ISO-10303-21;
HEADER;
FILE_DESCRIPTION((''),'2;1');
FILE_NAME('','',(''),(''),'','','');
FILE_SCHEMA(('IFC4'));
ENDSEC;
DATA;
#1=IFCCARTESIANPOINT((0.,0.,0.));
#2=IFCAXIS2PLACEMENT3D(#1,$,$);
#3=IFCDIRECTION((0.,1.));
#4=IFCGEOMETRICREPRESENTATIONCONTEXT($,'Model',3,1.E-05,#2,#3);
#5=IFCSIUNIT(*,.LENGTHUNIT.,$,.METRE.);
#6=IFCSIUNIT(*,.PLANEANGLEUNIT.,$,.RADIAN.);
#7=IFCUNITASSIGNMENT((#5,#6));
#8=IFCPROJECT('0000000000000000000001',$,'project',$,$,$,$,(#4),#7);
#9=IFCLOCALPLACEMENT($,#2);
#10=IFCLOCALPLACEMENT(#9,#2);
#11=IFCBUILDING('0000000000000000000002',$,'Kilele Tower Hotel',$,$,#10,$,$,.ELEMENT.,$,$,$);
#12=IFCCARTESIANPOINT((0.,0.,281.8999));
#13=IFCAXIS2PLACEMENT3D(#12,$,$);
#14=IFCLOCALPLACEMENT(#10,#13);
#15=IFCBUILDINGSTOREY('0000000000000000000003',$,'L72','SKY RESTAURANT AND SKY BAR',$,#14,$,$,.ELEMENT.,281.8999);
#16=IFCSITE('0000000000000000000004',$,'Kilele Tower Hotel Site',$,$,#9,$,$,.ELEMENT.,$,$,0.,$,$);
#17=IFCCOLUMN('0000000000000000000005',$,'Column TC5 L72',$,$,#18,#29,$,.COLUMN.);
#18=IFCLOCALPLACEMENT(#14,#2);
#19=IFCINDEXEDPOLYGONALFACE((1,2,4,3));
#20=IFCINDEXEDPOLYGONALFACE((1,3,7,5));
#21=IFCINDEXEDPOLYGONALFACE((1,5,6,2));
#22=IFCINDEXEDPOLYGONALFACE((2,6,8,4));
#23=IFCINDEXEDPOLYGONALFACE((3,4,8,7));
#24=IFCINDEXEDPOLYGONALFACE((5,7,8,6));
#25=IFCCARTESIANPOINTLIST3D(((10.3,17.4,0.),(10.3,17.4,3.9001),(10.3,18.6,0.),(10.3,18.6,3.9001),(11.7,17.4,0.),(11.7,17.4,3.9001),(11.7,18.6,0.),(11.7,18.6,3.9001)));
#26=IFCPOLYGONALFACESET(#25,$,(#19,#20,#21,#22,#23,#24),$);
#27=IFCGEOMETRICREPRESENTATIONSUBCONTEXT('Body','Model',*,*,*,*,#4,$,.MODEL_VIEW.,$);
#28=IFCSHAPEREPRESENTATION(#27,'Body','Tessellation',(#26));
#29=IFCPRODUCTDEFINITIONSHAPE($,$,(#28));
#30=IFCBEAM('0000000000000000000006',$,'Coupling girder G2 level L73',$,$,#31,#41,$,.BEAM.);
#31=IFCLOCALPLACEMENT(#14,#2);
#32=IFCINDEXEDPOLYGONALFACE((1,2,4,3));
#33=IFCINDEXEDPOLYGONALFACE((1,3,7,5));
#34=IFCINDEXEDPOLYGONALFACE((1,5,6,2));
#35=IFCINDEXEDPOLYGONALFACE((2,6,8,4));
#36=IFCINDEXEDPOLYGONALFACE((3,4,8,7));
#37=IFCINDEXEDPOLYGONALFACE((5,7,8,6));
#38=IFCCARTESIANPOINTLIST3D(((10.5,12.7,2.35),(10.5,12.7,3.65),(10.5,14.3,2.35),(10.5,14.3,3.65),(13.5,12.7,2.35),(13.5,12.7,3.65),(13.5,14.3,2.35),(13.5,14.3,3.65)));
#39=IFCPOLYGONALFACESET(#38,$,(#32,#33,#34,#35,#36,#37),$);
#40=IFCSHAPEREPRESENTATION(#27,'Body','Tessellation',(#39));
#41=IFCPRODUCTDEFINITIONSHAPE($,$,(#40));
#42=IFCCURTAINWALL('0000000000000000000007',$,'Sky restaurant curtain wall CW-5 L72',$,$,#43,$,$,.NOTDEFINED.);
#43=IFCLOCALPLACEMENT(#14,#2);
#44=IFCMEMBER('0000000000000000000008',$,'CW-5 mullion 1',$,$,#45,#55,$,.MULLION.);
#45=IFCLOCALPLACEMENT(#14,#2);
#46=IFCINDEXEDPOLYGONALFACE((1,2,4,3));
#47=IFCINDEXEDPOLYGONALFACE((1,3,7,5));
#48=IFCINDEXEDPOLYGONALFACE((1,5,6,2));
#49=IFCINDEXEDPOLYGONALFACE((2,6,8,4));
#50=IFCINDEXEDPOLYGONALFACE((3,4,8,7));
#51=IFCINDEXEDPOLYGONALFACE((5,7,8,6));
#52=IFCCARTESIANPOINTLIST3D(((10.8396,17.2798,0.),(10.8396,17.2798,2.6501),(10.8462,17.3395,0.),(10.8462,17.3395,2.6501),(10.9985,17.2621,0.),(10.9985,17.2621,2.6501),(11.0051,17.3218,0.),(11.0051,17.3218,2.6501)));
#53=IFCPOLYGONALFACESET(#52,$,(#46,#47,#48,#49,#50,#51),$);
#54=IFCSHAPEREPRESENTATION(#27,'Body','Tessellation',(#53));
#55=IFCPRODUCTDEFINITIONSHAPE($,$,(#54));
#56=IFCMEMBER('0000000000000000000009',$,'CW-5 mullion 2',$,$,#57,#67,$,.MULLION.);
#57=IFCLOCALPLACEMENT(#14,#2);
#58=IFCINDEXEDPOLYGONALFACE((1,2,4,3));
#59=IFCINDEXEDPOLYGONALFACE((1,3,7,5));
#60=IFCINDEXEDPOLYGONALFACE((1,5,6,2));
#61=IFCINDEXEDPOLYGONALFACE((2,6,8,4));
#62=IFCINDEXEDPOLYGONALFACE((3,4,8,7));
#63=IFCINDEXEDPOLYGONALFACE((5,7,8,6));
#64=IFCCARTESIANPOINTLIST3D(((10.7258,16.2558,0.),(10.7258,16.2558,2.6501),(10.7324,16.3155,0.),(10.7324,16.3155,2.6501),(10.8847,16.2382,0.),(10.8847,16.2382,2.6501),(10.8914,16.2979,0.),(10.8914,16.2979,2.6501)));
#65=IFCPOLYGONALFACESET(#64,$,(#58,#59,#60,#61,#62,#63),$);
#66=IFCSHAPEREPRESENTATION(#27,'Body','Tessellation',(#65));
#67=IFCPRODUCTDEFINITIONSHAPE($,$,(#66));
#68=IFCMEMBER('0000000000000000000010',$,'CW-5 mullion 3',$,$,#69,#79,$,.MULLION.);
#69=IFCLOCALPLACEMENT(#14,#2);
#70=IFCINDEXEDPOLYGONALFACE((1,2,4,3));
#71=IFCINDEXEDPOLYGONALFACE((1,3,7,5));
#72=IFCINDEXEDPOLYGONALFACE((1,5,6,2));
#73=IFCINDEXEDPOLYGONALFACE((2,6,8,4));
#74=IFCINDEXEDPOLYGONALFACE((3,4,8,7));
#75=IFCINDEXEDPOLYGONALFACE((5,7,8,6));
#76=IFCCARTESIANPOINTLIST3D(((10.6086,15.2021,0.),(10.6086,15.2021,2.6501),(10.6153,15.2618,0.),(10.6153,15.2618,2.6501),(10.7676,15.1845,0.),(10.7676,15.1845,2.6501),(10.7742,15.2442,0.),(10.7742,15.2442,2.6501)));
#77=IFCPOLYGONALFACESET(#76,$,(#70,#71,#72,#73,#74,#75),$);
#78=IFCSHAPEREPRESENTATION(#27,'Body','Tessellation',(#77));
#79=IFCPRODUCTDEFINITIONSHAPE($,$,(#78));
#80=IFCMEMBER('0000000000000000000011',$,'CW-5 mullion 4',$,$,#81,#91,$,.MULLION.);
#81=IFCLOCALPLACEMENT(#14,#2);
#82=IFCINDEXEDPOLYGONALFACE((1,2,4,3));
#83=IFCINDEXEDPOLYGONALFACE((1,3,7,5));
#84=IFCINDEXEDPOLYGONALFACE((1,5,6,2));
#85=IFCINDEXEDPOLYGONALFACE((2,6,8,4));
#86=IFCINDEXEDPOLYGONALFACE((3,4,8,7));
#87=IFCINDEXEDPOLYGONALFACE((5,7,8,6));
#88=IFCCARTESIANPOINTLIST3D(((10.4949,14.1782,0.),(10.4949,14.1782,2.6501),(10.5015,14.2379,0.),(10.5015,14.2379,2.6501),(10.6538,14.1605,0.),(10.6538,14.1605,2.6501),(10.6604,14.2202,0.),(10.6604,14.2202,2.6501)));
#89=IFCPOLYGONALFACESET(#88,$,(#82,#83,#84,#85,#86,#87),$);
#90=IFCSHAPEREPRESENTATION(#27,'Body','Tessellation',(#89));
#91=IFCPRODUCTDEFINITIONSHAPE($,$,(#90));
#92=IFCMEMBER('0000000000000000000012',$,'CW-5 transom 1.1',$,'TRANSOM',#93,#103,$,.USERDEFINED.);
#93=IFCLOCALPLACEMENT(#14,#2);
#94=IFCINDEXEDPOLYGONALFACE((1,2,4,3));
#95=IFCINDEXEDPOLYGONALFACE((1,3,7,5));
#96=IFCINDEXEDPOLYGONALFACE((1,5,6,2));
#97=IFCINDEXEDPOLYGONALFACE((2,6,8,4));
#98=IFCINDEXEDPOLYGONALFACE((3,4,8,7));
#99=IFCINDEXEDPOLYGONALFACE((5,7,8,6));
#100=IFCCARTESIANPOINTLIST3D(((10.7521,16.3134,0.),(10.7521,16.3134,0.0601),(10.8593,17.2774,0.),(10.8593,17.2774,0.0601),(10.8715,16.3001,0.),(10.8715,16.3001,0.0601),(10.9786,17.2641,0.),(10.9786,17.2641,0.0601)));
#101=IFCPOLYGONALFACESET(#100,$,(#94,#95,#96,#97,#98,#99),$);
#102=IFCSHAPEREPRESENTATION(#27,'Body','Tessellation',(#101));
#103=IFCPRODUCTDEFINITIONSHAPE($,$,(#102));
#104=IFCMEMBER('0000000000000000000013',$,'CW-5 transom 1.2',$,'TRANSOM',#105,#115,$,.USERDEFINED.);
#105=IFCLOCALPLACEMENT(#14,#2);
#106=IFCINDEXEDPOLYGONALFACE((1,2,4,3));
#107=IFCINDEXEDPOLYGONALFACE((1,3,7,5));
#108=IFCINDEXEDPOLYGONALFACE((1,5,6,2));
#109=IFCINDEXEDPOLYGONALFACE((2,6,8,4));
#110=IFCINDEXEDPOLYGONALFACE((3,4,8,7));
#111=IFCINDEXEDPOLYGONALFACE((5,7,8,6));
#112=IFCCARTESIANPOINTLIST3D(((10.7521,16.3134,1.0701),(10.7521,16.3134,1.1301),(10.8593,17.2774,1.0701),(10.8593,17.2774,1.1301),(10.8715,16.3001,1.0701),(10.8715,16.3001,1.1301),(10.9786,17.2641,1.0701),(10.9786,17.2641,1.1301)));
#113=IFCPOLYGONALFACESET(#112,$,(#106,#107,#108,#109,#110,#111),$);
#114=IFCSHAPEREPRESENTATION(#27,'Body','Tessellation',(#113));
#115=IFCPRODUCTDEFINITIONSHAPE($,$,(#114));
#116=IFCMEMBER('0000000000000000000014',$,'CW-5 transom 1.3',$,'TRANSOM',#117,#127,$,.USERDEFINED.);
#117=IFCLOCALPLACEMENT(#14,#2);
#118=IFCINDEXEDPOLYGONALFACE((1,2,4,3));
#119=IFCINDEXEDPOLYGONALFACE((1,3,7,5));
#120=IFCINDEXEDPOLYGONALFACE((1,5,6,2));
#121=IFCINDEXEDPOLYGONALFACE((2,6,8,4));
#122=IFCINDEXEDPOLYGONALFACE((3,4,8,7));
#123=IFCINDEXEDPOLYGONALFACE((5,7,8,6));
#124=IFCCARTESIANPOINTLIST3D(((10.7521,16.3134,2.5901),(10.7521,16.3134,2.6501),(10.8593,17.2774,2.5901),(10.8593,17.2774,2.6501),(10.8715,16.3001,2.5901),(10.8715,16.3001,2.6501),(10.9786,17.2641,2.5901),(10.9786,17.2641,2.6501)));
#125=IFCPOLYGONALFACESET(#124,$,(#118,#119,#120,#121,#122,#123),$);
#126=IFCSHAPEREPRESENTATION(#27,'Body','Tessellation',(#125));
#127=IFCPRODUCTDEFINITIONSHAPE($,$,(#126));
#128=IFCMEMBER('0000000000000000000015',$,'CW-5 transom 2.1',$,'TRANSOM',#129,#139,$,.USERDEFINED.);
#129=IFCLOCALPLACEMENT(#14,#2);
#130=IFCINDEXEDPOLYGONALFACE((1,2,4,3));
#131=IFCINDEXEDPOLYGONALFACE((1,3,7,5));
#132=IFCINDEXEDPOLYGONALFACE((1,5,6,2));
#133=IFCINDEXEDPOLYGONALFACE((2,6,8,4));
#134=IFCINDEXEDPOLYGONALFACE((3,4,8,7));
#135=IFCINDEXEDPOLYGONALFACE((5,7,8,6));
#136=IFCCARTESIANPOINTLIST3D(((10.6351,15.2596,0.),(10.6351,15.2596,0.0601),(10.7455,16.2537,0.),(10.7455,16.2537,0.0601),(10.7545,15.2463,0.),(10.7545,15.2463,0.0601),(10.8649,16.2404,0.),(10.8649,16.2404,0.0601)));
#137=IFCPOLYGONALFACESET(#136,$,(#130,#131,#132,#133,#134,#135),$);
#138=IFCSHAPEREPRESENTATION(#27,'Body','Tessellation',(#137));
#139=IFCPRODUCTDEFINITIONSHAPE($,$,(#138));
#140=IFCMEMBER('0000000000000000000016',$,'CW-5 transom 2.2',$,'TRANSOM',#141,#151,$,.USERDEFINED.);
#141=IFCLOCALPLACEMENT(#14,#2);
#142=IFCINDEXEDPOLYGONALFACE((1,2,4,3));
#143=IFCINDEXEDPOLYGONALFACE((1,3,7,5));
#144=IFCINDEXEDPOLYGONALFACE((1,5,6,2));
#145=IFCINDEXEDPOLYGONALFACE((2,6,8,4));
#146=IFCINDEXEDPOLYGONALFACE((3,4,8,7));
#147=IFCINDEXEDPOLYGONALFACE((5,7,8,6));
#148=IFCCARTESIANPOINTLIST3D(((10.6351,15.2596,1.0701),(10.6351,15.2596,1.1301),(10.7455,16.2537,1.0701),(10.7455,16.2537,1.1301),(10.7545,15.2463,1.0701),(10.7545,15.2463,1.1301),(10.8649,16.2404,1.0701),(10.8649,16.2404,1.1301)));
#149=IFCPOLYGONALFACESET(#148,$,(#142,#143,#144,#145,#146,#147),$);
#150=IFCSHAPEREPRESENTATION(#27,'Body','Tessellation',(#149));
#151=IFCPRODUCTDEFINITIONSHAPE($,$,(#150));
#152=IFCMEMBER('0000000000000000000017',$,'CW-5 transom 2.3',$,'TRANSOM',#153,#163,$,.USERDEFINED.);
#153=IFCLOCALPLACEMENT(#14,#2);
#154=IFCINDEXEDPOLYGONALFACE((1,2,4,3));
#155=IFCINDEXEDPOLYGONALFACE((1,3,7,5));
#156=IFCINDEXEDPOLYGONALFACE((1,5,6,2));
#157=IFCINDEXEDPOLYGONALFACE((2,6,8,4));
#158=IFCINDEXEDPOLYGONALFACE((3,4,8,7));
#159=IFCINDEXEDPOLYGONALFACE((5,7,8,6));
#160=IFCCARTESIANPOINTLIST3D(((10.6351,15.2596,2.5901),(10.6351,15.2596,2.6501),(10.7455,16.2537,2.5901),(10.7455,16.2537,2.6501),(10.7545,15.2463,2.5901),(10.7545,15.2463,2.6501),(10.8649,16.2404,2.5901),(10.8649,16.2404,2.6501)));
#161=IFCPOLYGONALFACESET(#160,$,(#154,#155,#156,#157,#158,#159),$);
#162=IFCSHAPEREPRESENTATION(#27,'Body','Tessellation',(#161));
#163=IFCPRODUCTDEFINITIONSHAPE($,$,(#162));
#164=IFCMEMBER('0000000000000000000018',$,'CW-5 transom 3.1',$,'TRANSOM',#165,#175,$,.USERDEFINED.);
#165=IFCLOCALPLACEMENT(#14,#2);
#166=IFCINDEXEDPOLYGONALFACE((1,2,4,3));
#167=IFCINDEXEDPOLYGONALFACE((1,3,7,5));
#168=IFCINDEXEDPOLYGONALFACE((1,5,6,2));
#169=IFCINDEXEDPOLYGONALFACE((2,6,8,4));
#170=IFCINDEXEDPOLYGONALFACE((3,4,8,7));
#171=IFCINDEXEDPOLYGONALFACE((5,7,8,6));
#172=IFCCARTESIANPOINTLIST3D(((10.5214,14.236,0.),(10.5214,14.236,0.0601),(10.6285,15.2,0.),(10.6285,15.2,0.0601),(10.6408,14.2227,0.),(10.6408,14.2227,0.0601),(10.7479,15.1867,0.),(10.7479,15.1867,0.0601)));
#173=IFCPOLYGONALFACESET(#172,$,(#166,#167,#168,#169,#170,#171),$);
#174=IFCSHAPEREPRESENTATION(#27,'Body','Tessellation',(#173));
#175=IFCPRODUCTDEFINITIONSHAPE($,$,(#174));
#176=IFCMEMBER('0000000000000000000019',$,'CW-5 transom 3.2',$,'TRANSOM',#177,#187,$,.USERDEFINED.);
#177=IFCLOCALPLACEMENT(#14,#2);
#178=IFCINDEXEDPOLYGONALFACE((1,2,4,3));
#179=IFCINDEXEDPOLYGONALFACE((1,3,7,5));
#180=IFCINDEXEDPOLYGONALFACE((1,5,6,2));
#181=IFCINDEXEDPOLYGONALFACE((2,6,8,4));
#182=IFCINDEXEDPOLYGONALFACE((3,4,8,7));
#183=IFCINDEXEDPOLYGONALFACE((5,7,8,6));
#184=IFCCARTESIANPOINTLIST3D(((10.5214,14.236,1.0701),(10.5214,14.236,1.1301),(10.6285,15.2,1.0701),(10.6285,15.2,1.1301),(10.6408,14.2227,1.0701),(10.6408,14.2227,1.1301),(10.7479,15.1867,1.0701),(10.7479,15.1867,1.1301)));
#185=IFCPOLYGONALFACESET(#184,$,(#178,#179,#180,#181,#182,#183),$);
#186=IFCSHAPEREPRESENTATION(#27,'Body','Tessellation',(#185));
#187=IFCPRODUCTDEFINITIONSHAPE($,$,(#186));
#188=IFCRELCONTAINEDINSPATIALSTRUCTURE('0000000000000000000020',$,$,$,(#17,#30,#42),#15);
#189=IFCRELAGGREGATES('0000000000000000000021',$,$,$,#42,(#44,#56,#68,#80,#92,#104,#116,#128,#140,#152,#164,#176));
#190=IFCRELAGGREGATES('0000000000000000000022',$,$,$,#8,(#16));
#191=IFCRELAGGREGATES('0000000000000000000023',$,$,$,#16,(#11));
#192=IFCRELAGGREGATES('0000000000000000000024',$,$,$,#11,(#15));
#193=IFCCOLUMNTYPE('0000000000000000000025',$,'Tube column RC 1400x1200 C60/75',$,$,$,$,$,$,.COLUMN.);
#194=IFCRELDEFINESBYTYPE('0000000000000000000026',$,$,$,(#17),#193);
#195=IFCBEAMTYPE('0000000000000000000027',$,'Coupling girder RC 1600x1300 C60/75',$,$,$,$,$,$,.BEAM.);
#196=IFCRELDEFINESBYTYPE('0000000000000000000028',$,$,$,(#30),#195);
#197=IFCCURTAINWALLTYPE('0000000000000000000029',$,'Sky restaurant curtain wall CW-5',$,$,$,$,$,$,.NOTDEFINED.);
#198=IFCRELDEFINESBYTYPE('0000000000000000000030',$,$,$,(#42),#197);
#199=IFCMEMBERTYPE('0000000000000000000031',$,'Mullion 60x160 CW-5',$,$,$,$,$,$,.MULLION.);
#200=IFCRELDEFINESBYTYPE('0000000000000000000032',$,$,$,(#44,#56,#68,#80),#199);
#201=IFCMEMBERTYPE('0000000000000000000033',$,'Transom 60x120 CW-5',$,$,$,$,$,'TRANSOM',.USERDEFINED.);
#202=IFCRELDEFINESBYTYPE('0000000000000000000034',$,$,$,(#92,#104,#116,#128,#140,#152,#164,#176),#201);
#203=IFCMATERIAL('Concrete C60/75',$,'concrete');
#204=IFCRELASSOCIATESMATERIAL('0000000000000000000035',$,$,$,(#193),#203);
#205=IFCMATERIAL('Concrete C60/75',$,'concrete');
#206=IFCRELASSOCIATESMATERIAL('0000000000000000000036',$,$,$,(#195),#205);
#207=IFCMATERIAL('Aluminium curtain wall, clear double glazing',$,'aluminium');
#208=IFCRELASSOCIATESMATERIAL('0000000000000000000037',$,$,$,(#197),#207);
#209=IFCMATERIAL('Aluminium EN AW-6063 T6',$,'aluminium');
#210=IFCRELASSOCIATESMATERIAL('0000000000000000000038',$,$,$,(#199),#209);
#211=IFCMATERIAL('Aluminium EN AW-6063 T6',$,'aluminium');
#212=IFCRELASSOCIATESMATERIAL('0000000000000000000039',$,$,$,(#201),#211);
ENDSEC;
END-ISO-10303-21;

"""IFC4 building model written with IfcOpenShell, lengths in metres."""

from ifc_helpers import new_model, si_unit, direction, frame, origin, origin_2d, place, context, subcontext, project, spatial, rectangle, extrude, material, material_profile, profile_set, type_object, element, aggregate, save


model = new_model("IFC4")

# Units and contexts
model_context = context("Model", 3, precision=1e-05, world=origin(), true_north=direction((0.0, 1.0)))
body_context = subcontext(model_context, "Body", "Model", "MODEL_VIEW")
ifc_project = project(units=[si_unit("LENGTHUNIT", "METRE"), si_unit("PLANEANGLEUNIT", "RADIAN")], contexts=[model_context])

# Site, building, storey
site_placement = place(None, origin())
site = spatial("IfcSite", under=ifc_project, at=site_placement, Name="Kilele Tower Hotel Site", CompositionType="ELEMENT", RefElevation=0.0)
building_placement = place(site_placement, origin())
building = spatial("IfcBuilding", under=site, at=building_placement, Name="Kilele Tower Hotel", CompositionType="ELEMENT")
storey_placement = place(building_placement, frame((0.0, 0.0, 281.8999)))
storey = spatial("IfcBuildingStorey", under=building, at=storey_placement, Name="L72", Description="SKY RESTAURANT AND SKY BAR", CompositionType="ELEMENT", Elevation=281.8999)

# Column
ifc_material_1 = material(Name="Concrete C60/75", Category="concrete")
ifc_material_profile_1 = material_profile(ifc_material_1, rectangle(XDim=1.3999, YDim=1.2, at=origin_2d()))
ifc_profile_set_1 = profile_set([ifc_material_profile_1], Name="Concrete C60/75")
column_type = type_object("IfcColumnType", Name="Tube column RC 1400x1200 C60/75", PredefinedType="COLUMN", material=ifc_profile_set_1)
column_placement = place(storey_placement, frame((11.0, 18.0, 0.0), z_axis=(0.0, 0.0, 1.0), x_axis=(1.0, 0.0, 0.0)))
element("IfcColumn", 1, at=column_placement, inside=storey, type_object=column_type, Name="Column TC5 L72", PredefinedType="COLUMN", context=body_context, shape_type="SweptSolid", body=[
    extrude(rectangle(XDim=1.3999, YDim=1.2, at=origin_2d()), origin(), (0.0, 0.0, 1.0), 3.9001),
])

# Beam
ifc_material_2 = material(Name="Concrete C60/75", Category="concrete")
ifc_material_profile_2 = material_profile(ifc_material_2, rectangle(XDim=1.6001, YDim=1.3, at=origin_2d()))
ifc_profile_set_2 = profile_set([ifc_material_profile_2], Name="Concrete C60/75")
beam_type = type_object("IfcBeamType", Name="Coupling girder RC 1600x1300 C60/75", PredefinedType="BEAM", material=ifc_profile_set_2)
beam_placement = place(storey_placement, frame((10.5, 13.5, 3.0), z_axis=(1.0, 0.0, 0.0), x_axis=(0.0, 1.0, 0.0)))
element("IfcBeam", 2, at=beam_placement, inside=storey, type_object=beam_type, Name="Coupling girder G2 level L73", PredefinedType="BEAM", context=body_context, shape_type="SweptSolid", body=[
    extrude(rectangle(XDim=1.6001, YDim=1.3, at=origin_2d()), origin(), (0.0, 0.0, 1.0), 3.0),
])

# Curtain wall, members
ifc_material_3 = material(Name="Aluminium curtain wall, clear double glazing", Category="aluminium")
curtain_wall_type = type_object("IfcCurtainWallType", Name="Sky restaurant curtain wall CW-5", PredefinedType="NOTDEFINED", material=ifc_material_3)
curtain_wall_placement = place(storey_placement, origin())
curtain_wall = element("IfcCurtainWall", 3, at=curtain_wall_placement, inside=storey, type_object=curtain_wall_type, Name="Sky restaurant curtain wall CW-5 L72", PredefinedType="NOTDEFINED")
ifc_material_4 = material(Name="Aluminium EN AW-6063 T6", Category="aluminium")
ifc_material_profile_3 = material_profile(ifc_material_4, rectangle(XDim=0.1599, YDim=0.0601, at=origin_2d()))
ifc_profile_set_3 = profile_set([ifc_material_profile_3], Name="Aluminium EN AW-6063 T6")
member_type_1 = type_object("IfcMemberType", Name="Mullion 60x160 CW-5", PredefinedType="MULLION", material=ifc_profile_set_3)
member_1_placement = place(storey_placement, frame((10.9224, 17.3008, 0.0), z_axis=(0.0, 0.0, 1.0), x_axis=(0.993884, -0.110432, 0.0)))
member_1 = element("IfcMember", 4, at=member_1_placement, type_object=member_type_1, Name="CW-5 mullion 1", PredefinedType="MULLION", context=body_context, shape_type="SweptSolid", body=[
    extrude(rectangle(XDim=0.1599, YDim=0.0601, at=origin_2d()), origin(), (0.0, 0.0, 1.0), 2.6501),
])
member_2_placement = place(storey_placement, frame((10.8086, 16.2769, 0.0), z_axis=(0.0, 0.0, 1.0), x_axis=(0.993884, -0.110432, 0.0)))
member_2 = element("IfcMember", 5, at=member_2_placement, type_object=member_type_1, Name="CW-5 mullion 2", PredefinedType="MULLION", context=body_context, shape_type="SweptSolid", body=[
    extrude(rectangle(XDim=0.1599, YDim=0.0601, at=origin_2d()), origin(), (0.0, 0.0, 1.0), 2.6501),
])
member_3_placement = place(storey_placement, frame((10.6914, 15.2231, 0.0), z_axis=(0.0, 0.0, 1.0), x_axis=(0.993884, -0.110432, 0.0)))
member_3 = element("IfcMember", 6, at=member_3_placement, type_object=member_type_1, Name="CW-5 mullion 3", PredefinedType="MULLION", context=body_context, shape_type="SweptSolid", body=[
    extrude(rectangle(XDim=0.1599, YDim=0.0601, at=origin_2d()), origin(), (0.0, 0.0, 1.0), 2.6501),
])
member_4_placement = place(storey_placement, frame((10.5776, 14.1992, 0.0), z_axis=(0.0, 0.0, 1.0), x_axis=(0.993884, -0.110432, 0.0)))
member_4 = element("IfcMember", 7, at=member_4_placement, type_object=member_type_1, Name="CW-5 mullion 4", PredefinedType="MULLION", context=body_context, shape_type="SweptSolid", body=[
    extrude(rectangle(XDim=0.1599, YDim=0.0601, at=origin_2d()), origin(), (0.0, 0.0, 1.0), 2.6501),
])
ifc_material_5 = material(Name="Aluminium EN AW-6063 T6", Category="aluminium")
ifc_material_profile_4 = material_profile(ifc_material_5, rectangle(XDim=0.1201, YDim=0.0601, at=origin_2d()))
ifc_profile_set_4 = profile_set([ifc_material_profile_4], Name="Aluminium EN AW-6063 T6")
member_type_2 = type_object("IfcMemberType", Name="Transom 60x120 CW-5", ElementType="TRANSOM", PredefinedType="USERDEFINED", material=ifc_profile_set_4)
member_5_placement = place(storey_placement, frame((10.9189, 17.2708, 0.03), z_axis=(-0.110487, -0.993878, 0.0), x_axis=(0.993878, -0.110487, 0.0)))
member_5 = element("IfcMember", 8, at=member_5_placement, type_object=member_type_2, Name="CW-5 transom 1.1", ObjectType="TRANSOM", PredefinedType="USERDEFINED", context=body_context, shape_type="SweptSolid", body=[
    extrude(rectangle(XDim=0.1201, YDim=0.0601, at=origin_2d()), origin(), (0.0, 0.0, 1.0), 0.97),
])
member_6_placement = place(storey_placement, frame((10.9189, 17.2708, 1.1001), z_axis=(-0.110487, -0.993878, 0.0), x_axis=(0.993878, -0.110487, 0.0)))
member_6 = element("IfcMember", 9, at=member_6_placement, type_object=member_type_2, Name="CW-5 transom 1.2", ObjectType="TRANSOM", PredefinedType="USERDEFINED", context=body_context, shape_type="SweptSolid", body=[
    extrude(rectangle(XDim=0.1201, YDim=0.0601, at=origin_2d()), origin(), (0.0, 0.0, 1.0), 0.97),
])
member_7_placement = place(storey_placement, frame((10.9189, 17.2708, 2.6201), z_axis=(-0.110487, -0.993878, 0.0), x_axis=(0.993878, -0.110487, 0.0)))
member_7 = element("IfcMember", 10, at=member_7_placement, type_object=member_type_2, Name="CW-5 transom 1.3", ObjectType="TRANSOM", PredefinedType="USERDEFINED", context=body_context, shape_type="SweptSolid", body=[
    extrude(rectangle(XDim=0.1201, YDim=0.0601, at=origin_2d()), origin(), (0.0, 0.0, 1.0), 0.97),
])
member_8_placement = place(storey_placement, frame((10.8052, 16.2471, 0.03), z_axis=(-0.110324, -0.993896, 0.0), x_axis=(0.993896, -0.110324, 0.0)))
member_8 = element("IfcMember", 11, at=member_8_placement, type_object=member_type_2, Name="CW-5 transom 2.1", ObjectType="TRANSOM", PredefinedType="USERDEFINED", context=body_context, shape_type="SweptSolid", body=[
    extrude(rectangle(XDim=0.1201, YDim=0.0601, at=origin_2d()), origin(), (0.0, 0.0, 1.0), 1.0002),
])
member_9_placement = place(storey_placement, frame((10.8052, 16.2471, 1.1001), z_axis=(-0.110324, -0.993896, 0.0), x_axis=(0.993896, -0.110324, 0.0)))
member_9 = element("IfcMember", 12, at=member_9_placement, type_object=member_type_2, Name="CW-5 transom 2.2", ObjectType="TRANSOM", PredefinedType="USERDEFINED", context=body_context, shape_type="SweptSolid", body=[
    extrude(rectangle(XDim=0.1201, YDim=0.0601, at=origin_2d()), origin(), (0.0, 0.0, 1.0), 1.0002),
])
member_10_placement = place(storey_placement, frame((10.8052, 16.2471, 2.6201), z_axis=(-0.110324, -0.993896, 0.0), x_axis=(0.993896, -0.110324, 0.0)))
member_10 = element("IfcMember", 13, at=member_10_placement, type_object=member_type_2, Name="CW-5 transom 2.3", ObjectType="TRANSOM", PredefinedType="USERDEFINED", context=body_context, shape_type="SweptSolid", body=[
    extrude(rectangle(XDim=0.1201, YDim=0.0601, at=origin_2d()), origin(), (0.0, 0.0, 1.0), 1.0002),
])
member_11_placement = place(storey_placement, frame((10.6882, 15.1934, 0.03), z_axis=(-0.110487, -0.993878, 0.0), x_axis=(0.993878, -0.110487, 0.0)))
member_11 = element("IfcMember", 14, at=member_11_placement, type_object=member_type_2, Name="CW-5 transom 3.1", ObjectType="TRANSOM", PredefinedType="USERDEFINED", context=body_context, shape_type="SweptSolid", body=[
    extrude(rectangle(XDim=0.1201, YDim=0.0601, at=origin_2d()), origin(), (0.0, 0.0, 1.0), 0.97),
])
member_12_placement = place(storey_placement, frame((10.6882, 15.1934, 1.1001), z_axis=(-0.110487, -0.993878, 0.0), x_axis=(0.993878, -0.110487, 0.0)))
member_12 = element("IfcMember", 15, at=member_12_placement, type_object=member_type_2, Name="CW-5 transom 3.2", ObjectType="TRANSOM", PredefinedType="USERDEFINED", context=body_context, shape_type="SweptSolid", body=[
    extrude(rectangle(XDim=0.1201, YDim=0.0601, at=origin_2d()), origin(), (0.0, 0.0, 1.0), 0.97),
])
aggregate(curtain_wall, [member_1, member_2, member_3, member_4, member_5, member_6, member_7, member_8, member_9, member_10, member_11, member_12])

save(model, "model.ifc")
